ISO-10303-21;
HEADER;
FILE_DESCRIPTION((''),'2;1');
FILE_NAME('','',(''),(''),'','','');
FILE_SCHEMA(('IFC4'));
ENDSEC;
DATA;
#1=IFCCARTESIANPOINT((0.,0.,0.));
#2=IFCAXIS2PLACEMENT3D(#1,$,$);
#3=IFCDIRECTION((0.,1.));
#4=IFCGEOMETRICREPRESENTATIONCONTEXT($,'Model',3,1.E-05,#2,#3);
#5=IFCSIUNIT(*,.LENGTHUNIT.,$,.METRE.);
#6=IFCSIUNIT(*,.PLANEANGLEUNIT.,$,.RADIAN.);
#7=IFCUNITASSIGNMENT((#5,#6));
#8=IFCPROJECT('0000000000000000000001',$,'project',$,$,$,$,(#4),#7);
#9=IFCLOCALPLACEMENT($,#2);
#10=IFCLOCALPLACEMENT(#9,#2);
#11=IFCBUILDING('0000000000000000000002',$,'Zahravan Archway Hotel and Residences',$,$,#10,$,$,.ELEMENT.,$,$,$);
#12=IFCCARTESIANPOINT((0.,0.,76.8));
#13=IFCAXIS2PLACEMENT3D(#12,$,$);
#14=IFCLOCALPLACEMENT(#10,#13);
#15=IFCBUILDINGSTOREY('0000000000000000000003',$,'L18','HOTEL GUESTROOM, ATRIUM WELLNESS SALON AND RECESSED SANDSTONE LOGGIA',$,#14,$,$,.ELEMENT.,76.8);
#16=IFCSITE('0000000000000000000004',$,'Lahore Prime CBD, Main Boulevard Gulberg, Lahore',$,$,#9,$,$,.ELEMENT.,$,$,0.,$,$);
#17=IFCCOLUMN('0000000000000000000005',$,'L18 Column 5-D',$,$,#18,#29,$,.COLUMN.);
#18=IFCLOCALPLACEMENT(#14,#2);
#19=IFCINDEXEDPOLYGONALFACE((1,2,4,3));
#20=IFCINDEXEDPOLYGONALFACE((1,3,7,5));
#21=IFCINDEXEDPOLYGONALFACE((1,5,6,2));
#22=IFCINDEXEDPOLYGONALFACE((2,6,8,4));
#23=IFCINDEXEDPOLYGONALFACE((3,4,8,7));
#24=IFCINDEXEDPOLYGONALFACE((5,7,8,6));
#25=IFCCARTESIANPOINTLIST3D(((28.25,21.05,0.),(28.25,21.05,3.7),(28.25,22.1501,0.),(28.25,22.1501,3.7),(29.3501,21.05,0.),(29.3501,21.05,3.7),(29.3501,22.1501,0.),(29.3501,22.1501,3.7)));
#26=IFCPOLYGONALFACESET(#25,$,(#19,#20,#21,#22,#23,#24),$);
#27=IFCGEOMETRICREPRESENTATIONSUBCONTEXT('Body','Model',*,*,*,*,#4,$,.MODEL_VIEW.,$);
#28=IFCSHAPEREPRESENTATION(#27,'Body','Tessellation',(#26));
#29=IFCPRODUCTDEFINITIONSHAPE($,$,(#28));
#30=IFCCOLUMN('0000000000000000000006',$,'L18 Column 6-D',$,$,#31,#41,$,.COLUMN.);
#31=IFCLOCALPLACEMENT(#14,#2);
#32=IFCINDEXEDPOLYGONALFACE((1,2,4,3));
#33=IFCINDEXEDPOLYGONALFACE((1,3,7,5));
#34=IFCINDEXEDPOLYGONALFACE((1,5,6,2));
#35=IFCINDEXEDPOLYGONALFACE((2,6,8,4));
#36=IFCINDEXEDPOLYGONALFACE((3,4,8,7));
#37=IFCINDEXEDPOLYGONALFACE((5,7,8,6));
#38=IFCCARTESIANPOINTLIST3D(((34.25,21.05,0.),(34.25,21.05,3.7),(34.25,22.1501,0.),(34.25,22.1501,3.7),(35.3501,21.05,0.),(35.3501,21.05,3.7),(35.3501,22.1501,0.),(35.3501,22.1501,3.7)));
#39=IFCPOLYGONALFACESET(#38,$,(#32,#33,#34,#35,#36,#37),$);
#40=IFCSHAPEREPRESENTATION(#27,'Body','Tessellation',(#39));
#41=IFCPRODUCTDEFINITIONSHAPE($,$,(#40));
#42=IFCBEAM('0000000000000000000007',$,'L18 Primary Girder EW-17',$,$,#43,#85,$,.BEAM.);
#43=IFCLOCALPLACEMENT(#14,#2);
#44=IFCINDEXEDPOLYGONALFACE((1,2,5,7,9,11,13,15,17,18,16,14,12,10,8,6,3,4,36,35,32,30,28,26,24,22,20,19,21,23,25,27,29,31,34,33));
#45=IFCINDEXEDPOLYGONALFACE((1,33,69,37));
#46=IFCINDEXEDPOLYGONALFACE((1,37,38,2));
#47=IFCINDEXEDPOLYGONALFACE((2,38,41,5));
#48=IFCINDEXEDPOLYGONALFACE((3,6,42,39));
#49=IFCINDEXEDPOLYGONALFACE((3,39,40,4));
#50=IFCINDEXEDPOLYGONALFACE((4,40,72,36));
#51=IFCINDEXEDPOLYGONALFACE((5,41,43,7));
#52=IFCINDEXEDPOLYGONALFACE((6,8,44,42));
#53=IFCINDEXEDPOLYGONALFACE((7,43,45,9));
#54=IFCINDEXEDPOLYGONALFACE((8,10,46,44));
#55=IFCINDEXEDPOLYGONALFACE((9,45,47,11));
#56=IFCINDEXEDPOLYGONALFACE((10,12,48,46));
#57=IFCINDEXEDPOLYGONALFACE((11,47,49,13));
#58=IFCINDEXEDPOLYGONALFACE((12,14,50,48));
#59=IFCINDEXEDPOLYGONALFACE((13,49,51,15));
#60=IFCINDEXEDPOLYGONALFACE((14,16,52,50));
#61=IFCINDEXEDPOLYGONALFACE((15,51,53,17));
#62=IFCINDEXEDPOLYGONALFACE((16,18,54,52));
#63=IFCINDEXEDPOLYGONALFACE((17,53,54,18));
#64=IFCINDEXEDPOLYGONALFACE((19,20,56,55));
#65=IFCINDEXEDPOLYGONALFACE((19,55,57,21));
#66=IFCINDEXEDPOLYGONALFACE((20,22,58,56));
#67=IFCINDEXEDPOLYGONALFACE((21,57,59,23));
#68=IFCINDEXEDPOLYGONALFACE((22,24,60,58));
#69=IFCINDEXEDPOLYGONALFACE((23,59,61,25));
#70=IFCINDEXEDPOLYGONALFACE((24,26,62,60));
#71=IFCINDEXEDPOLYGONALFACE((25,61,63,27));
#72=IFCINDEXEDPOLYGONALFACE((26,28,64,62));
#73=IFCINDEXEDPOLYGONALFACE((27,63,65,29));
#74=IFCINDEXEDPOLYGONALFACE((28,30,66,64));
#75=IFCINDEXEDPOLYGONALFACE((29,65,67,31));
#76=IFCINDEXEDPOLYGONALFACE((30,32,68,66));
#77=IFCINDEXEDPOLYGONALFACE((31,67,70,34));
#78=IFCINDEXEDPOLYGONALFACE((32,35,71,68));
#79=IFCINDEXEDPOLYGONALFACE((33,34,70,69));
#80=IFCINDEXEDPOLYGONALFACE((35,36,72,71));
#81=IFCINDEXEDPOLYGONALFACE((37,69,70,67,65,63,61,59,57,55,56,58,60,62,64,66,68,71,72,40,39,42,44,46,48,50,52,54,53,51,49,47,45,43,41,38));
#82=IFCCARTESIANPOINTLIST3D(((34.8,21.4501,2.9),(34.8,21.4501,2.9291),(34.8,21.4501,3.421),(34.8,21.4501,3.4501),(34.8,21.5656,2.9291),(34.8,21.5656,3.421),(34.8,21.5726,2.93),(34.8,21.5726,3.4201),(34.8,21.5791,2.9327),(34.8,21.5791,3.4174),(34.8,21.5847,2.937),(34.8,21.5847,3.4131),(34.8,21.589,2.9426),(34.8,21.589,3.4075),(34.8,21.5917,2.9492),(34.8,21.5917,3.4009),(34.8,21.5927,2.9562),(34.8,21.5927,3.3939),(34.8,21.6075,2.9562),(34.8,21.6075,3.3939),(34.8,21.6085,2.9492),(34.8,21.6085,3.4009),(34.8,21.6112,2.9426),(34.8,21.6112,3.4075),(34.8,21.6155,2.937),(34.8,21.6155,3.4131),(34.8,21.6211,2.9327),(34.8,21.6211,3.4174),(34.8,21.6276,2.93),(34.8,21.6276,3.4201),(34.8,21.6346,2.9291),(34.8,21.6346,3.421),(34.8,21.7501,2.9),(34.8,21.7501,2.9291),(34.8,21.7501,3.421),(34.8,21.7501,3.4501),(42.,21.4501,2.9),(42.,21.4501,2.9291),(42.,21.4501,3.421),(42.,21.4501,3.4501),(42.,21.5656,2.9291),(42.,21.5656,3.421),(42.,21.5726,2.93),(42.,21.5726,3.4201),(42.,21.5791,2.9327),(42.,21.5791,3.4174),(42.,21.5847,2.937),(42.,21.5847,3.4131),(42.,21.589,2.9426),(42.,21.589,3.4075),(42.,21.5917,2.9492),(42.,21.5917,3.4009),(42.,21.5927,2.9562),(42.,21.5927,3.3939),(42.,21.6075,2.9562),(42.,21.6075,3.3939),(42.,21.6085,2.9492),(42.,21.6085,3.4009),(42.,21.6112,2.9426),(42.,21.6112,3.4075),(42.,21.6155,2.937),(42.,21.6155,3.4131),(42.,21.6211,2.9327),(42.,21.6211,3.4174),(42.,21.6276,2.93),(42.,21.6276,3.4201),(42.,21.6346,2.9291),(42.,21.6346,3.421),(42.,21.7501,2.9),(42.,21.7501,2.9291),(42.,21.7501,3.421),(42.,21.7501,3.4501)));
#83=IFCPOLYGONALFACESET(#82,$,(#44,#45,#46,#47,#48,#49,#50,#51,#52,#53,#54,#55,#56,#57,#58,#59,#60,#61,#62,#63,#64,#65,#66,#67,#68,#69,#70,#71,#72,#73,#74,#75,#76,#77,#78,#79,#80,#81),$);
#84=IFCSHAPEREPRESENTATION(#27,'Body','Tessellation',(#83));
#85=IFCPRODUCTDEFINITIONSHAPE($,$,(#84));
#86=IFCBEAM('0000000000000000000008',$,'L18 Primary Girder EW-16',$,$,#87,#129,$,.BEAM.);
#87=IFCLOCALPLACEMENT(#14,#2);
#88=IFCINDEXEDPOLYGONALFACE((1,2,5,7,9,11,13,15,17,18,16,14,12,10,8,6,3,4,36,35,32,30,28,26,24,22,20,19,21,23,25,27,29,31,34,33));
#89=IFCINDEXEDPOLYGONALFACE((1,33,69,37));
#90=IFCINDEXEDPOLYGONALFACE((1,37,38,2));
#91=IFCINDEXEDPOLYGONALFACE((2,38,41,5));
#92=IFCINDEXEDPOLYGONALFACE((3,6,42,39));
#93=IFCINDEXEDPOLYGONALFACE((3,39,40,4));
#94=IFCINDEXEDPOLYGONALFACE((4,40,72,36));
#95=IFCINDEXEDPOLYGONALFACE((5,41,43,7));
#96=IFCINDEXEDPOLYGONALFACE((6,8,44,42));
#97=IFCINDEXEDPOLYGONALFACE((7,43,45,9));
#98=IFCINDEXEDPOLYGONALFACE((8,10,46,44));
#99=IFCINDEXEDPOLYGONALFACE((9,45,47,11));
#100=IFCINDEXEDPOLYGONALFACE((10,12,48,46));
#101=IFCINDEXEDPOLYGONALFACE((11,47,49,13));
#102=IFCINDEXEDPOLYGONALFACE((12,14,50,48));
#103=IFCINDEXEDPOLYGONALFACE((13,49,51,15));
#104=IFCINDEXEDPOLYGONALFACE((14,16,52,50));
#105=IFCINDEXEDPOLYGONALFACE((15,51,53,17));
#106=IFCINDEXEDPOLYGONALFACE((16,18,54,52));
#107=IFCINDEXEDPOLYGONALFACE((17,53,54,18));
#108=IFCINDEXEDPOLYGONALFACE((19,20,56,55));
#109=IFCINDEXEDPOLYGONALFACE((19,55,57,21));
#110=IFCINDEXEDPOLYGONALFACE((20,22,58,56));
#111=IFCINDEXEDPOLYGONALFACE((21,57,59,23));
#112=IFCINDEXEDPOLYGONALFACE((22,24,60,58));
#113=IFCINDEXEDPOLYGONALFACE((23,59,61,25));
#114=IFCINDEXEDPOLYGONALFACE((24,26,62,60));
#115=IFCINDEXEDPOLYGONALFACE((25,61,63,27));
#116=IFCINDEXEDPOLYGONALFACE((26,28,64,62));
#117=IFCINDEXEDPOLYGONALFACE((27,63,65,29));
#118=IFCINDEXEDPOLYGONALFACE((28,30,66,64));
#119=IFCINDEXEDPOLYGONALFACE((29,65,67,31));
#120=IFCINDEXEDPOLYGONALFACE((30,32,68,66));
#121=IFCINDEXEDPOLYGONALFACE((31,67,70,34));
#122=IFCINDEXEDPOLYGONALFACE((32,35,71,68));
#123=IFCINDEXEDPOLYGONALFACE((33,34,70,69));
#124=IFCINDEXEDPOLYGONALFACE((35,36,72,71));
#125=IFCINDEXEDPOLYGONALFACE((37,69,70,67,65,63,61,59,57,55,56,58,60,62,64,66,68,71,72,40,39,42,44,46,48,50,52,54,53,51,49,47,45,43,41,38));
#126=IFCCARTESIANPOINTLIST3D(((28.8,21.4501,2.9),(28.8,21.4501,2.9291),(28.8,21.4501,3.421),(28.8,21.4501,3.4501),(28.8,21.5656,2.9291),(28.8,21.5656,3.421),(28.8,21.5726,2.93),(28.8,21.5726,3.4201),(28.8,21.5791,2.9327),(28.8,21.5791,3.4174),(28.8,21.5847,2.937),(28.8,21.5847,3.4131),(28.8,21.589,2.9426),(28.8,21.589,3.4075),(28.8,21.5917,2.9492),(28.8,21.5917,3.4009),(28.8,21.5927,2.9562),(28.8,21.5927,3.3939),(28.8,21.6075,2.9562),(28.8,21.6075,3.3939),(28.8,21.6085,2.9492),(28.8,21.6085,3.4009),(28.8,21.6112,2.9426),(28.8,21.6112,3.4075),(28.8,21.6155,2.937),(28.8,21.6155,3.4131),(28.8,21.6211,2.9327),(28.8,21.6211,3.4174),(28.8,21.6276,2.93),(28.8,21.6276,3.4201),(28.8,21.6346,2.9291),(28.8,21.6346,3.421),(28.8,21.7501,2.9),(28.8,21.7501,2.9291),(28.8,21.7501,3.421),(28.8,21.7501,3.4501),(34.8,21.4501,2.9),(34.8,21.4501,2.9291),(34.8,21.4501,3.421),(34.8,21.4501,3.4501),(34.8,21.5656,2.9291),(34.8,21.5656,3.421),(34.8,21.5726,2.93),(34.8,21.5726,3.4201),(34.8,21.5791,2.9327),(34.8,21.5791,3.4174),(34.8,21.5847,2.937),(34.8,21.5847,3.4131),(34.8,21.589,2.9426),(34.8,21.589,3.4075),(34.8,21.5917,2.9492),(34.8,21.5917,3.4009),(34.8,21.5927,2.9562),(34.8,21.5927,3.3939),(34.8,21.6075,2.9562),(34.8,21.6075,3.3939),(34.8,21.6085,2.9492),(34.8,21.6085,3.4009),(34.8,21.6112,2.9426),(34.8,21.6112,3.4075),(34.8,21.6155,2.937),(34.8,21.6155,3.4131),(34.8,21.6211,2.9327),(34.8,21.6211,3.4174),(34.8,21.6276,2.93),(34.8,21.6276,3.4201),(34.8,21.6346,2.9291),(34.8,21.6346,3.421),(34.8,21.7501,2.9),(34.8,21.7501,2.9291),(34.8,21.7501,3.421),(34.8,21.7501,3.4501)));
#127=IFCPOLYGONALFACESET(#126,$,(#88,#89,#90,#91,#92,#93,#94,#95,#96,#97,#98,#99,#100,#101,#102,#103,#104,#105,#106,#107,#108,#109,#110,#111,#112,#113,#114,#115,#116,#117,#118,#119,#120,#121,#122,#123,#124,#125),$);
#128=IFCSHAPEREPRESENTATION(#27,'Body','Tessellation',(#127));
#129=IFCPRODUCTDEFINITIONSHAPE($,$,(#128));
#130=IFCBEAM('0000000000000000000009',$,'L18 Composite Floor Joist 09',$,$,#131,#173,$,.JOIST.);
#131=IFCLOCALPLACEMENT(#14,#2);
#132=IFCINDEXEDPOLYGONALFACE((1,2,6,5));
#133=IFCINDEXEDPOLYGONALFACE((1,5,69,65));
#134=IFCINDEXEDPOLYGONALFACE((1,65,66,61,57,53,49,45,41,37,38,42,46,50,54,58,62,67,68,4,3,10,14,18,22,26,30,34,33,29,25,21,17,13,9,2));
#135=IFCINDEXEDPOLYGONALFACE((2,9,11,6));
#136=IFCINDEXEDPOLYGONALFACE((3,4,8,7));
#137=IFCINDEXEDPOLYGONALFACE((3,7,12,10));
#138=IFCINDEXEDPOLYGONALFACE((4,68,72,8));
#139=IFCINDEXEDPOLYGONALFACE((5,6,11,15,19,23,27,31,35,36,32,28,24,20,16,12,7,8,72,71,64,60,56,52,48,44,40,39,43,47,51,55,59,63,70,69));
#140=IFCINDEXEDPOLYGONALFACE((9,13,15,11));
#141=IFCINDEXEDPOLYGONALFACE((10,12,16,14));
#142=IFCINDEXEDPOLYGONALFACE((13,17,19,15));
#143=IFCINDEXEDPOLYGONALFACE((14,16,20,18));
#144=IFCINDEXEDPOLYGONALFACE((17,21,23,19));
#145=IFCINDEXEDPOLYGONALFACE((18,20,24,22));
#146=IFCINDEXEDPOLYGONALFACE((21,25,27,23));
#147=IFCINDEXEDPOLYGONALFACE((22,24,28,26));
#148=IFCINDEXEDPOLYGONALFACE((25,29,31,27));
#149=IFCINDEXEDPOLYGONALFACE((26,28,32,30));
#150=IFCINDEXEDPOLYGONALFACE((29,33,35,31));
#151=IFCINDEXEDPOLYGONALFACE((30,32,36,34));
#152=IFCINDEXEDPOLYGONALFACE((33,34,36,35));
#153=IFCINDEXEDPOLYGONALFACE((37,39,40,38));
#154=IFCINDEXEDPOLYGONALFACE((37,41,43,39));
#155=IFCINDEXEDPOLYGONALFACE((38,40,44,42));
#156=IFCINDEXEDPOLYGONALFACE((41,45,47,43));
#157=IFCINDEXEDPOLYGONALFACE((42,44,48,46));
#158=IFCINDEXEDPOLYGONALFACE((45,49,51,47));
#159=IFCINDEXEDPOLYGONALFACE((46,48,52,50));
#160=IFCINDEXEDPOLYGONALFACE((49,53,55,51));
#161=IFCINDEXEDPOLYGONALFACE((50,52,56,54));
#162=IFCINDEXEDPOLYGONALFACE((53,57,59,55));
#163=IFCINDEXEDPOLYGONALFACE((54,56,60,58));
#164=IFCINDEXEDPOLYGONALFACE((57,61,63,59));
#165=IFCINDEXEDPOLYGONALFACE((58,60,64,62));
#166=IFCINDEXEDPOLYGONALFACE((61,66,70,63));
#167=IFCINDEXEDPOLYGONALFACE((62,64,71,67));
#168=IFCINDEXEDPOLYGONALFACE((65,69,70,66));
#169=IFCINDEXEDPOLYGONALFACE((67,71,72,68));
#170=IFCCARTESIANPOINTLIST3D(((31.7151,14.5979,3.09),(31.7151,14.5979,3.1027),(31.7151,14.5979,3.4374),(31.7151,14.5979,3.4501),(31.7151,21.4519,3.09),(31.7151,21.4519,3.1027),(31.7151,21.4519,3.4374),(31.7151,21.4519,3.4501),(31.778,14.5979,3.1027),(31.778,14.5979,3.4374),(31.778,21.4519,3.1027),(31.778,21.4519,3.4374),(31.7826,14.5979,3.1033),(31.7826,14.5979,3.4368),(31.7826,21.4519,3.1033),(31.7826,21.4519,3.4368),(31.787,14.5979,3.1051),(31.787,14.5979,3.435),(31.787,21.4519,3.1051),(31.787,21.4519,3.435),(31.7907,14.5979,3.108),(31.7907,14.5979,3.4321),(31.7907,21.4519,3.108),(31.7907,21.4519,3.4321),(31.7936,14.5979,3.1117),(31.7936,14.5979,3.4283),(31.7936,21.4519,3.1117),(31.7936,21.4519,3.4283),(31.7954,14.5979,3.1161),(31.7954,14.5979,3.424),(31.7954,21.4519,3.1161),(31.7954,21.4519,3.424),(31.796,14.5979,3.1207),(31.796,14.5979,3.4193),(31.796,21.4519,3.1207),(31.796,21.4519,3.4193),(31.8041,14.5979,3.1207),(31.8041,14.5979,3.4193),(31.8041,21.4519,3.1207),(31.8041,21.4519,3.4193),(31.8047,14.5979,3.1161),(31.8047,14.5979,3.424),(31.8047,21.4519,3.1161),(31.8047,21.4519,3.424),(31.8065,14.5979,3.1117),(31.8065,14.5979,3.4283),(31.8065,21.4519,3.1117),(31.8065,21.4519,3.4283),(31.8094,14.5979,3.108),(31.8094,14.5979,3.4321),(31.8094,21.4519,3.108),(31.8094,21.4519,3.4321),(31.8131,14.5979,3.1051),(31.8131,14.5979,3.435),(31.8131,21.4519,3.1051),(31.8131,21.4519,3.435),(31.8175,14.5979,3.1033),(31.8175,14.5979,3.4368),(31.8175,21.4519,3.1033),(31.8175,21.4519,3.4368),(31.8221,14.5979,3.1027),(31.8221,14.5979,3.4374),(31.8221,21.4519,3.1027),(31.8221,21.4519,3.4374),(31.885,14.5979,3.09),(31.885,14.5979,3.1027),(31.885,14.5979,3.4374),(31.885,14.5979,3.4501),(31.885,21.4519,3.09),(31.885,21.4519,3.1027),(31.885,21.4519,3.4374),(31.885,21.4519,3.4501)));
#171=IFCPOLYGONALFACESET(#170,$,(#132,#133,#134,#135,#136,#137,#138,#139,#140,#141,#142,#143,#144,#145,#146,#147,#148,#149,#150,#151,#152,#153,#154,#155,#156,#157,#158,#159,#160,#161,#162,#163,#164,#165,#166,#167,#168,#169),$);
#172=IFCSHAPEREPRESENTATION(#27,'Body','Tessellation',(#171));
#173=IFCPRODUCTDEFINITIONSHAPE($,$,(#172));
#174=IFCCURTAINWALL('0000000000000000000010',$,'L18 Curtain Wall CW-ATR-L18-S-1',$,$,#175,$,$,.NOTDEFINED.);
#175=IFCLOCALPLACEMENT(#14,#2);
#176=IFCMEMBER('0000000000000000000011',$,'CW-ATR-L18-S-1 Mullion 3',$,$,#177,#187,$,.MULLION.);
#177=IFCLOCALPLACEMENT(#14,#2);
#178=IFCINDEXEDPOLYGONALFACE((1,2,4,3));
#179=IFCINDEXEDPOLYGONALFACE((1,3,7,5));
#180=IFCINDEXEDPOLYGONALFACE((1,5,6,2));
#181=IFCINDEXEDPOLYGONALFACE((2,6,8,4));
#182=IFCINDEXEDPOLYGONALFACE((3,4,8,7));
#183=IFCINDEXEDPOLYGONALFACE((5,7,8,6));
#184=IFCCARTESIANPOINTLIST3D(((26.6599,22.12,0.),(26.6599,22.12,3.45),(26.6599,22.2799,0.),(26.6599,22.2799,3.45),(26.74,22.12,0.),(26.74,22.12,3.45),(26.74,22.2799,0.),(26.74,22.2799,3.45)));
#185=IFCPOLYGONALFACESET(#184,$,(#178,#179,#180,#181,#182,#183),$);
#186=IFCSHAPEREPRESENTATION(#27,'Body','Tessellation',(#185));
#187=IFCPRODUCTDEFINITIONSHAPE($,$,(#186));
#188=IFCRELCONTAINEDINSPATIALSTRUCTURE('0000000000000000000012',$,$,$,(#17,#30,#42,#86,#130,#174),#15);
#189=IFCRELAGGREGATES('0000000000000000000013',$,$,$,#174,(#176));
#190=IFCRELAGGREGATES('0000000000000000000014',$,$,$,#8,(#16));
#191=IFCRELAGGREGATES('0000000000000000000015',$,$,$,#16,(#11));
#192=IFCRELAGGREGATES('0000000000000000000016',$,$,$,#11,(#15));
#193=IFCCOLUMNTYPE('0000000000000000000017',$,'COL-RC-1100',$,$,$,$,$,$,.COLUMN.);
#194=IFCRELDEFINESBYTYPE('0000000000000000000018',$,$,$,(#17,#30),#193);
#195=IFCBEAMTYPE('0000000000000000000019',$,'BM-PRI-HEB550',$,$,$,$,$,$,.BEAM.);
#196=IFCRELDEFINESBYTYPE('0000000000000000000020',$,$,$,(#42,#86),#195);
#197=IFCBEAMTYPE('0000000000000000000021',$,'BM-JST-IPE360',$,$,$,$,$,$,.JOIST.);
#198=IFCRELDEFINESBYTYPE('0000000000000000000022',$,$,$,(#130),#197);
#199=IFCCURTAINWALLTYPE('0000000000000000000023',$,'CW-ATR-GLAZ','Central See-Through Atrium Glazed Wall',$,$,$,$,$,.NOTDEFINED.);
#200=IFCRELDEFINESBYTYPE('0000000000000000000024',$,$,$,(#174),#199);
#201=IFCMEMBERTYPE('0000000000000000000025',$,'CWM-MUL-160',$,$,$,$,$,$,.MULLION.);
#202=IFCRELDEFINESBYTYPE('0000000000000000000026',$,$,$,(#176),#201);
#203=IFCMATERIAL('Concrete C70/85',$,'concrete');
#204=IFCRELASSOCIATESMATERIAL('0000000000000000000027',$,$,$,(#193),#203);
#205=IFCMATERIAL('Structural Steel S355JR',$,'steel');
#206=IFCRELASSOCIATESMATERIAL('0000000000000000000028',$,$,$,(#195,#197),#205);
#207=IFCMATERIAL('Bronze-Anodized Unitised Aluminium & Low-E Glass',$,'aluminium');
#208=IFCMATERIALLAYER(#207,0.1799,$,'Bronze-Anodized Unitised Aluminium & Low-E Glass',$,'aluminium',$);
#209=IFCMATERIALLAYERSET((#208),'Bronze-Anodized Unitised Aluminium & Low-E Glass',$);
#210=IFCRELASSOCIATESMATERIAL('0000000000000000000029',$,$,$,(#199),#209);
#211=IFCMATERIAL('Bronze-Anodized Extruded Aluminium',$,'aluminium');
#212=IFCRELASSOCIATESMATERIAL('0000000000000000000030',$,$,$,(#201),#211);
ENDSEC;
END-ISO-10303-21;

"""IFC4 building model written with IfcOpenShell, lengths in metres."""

from ifc_helpers import new_model, si_unit, direction, frame, origin, origin_2d, place, context, subcontext, project, spatial, rectangle, i_section, extrude, source, transform, mapped, material, layer, layer_set, material_profile, profile_set, type_object, element, aggregate, save


model = new_model("IFC4")

# Units and contexts
model_context = context("Model", 3, precision=1e-05, world=origin(), true_north=direction((0.0, 1.0)))
body_context = subcontext(model_context, "Body", "Model", "MODEL_VIEW")
ifc_project = project(units=[si_unit("LENGTHUNIT", "METRE"), si_unit("PLANEANGLEUNIT", "RADIAN")], contexts=[model_context])

# Site, building, storey
site_placement = place(None, origin())
site = spatial("IfcSite", under=ifc_project, at=site_placement, Name="Lahore Prime CBD, Main Boulevard Gulberg, Lahore", CompositionType="ELEMENT", RefElevation=0.0)
building_placement = place(site_placement, origin())
building = spatial("IfcBuilding", under=site, at=building_placement, Name="Zahravan Archway Hotel and Residences", CompositionType="ELEMENT")
storey_placement = place(building_placement, frame((0.0, 0.0, 76.8)))
storey = spatial("IfcBuildingStorey", under=building, at=storey_placement, Name="L18", Description="HOTEL GUESTROOM, ATRIUM WELLNESS SALON AND RECESSED SANDSTONE LOGGIA", CompositionType="ELEMENT", Elevation=76.8)

# Columns
ifc_material_1 = material(Name="Concrete C70/85", Category="concrete")
ifc_material_profile_1 = material_profile(ifc_material_1, rectangle(XDim=1.1001, YDim=1.1001, at=origin_2d()), Name="RC 1100x1100", Category="concrete")
ifc_profile_set_1 = profile_set([ifc_material_profile_1], Name="Concrete C70/85")
column_type = type_object("IfcColumnType", Name="COL-RC-1100", PredefinedType="COLUMN", material=ifc_profile_set_1)
shared_shape_1 = source(origin(), body_context, "Body", "SweptSolid", [
    extrude(rectangle(XDim=1.1001, YDim=1.1001, at=origin_2d()), origin(), (0.0, 0.0, 1.0), 3.7),
])
for number, where, z_axis, x_axis, name in (
    (1, (28.8, 21.6001, 0.0), (0.0, 0.0, 1.0), (1.0, 0.0, 0.0), "L18 Column 5-D"),
    (2, (34.8, 21.6001, 0.0), (0.0, 0.0, 1.0), (1.0, 0.0, 0.0), "L18 Column 6-D"),
):
    element("IfcColumn", number, at=place(storey_placement, frame(where, z_axis=z_axis, x_axis=x_axis)), inside=storey, type_object=column_type, Name=name, PredefinedType="COLUMN", context=body_context, shape_type="MappedRepresentation", body=[
        mapped(shared_shape_1, transform((0.0, 0.0, 0.0), scale=1.0)),
    ])

# Beams
ifc_material_2 = material(Name="Structural Steel S355JR", Category="steel")
ifc_material_profile_2 = material_profile(ifc_material_2, i_section(OverallWidth=0.3, OverallDepth=0.55, WebThickness=0.0149, FlangeThickness=0.0291, FilletRadius=0.0271, at=origin_2d()), Name="HEB 550", Category="steel")
ifc_profile_set_2 = profile_set([ifc_material_profile_2], Name="Structural Steel S355JR")
beam_type_1 = type_object("IfcBeamType", Name="BM-PRI-HEB550", PredefinedType="BEAM", material=ifc_profile_set_2)
shared_shape_2 = source(origin(), body_context, "Body", "SweptSolid", [
    extrude(i_section(OverallWidth=0.3, OverallDepth=0.55, WebThickness=0.0149, FlangeThickness=0.0291, FilletRadius=0.0271, at=origin_2d()), origin(), (0.0, 0.0, 1.0), 7.2),
])
beam_1_placement = place(storey_placement, frame((34.8, 21.6001, 3.175), z_axis=(1.0, 0.0, 0.0), x_axis=(0.0, 1.0, 0.0)))
element("IfcBeam", 3, at=beam_1_placement, inside=storey, type_object=beam_type_1, Name="L18 Primary Girder EW-17", PredefinedType="BEAM", context=body_context, shape_type="MappedRepresentation", body=[
    mapped(shared_shape_2, transform((0.0, 0.0, 0.0), scale=1.0)),
])
shared_shape_3 = source(origin(), body_context, "Body", "SweptSolid", [
    extrude(i_section(OverallWidth=0.3, OverallDepth=0.55, WebThickness=0.0149, FlangeThickness=0.0291, FilletRadius=0.0271, at=origin_2d()), origin(), (0.0, 0.0, 1.0), 6.0),
])
beam_2_placement = place(storey_placement, frame((28.8, 21.6001, 3.175), z_axis=(1.0, 0.0, 0.0), x_axis=(0.0, 1.0, 0.0)))
element("IfcBeam", 4, at=beam_2_placement, inside=storey, type_object=beam_type_1, Name="L18 Primary Girder EW-16", PredefinedType="BEAM", context=body_context, shape_type="MappedRepresentation", body=[
    mapped(shared_shape_3, transform((0.0, 0.0, 0.0), scale=1.0)),
])
ifc_material_profile_3 = material_profile(ifc_material_2, i_section(OverallWidth=0.1699, OverallDepth=0.3601, WebThickness=0.0081, FlangeThickness=0.0127, FilletRadius=0.0181, at=origin_2d()), Name="IPE 360", Category="steel")
ifc_profile_set_3 = profile_set([ifc_material_profile_3], Name="Structural Steel S355JR")
beam_type_2 = type_object("IfcBeamType", Name="BM-JST-IPE360", PredefinedType="JOIST", material=ifc_profile_set_3)
shared_shape_4 = source(origin(), body_context, "Body", "SweptSolid", [
    extrude(i_section(OverallWidth=0.1699, OverallDepth=0.3601, WebThickness=0.0081, FlangeThickness=0.0127, FilletRadius=0.0181, at=origin_2d()), origin(), (0.0, 0.0, 1.0), 6.854),
])
beam_3_placement = place(storey_placement, frame((31.8, 14.5979, 3.27), z_axis=(0.0, 1.0, 0.0), x_axis=(-1.0, 0.0, 0.0)))
element("IfcBeam", 5, at=beam_3_placement, inside=storey, type_object=beam_type_2, Name="L18 Composite Floor Joist 09", PredefinedType="JOIST", context=body_context, shape_type="MappedRepresentation", body=[
    mapped(shared_shape_4, transform((0.0, 0.0, 0.0), scale=1.0)),
])

# Curtain wall, member
ifc_material_3 = material(Name="Bronze-Anodized Unitised Aluminium & Low-E Glass", Category="aluminium")
ifc_layer_1 = layer(ifc_material_3, 0.1799, Name="Bronze-Anodized Unitised Aluminium & Low-E Glass", Category="aluminium")
ifc_layer_set_1 = layer_set([ifc_layer_1], Name="Bronze-Anodized Unitised Aluminium & Low-E Glass")
curtain_wall_type = type_object("IfcCurtainWallType", Name="CW-ATR-GLAZ", Description="Central See-Through Atrium Glazed Wall", PredefinedType="NOTDEFINED", material=ifc_layer_set_1)
curtain_wall_placement = place(storey_placement, origin())
curtain_wall = element("IfcCurtainWall", 6, at=curtain_wall_placement, inside=storey, type_object=curtain_wall_type, Name="L18 Curtain Wall CW-ATR-L18-S-1", PredefinedType="NOTDEFINED")
ifc_material_4 = material(Name="Bronze-Anodized Extruded Aluminium", Category="aluminium")
ifc_material_profile_4 = material_profile(ifc_material_4, rectangle(XDim=0.0801, YDim=0.1599, at=origin_2d()), Name="MUL 80x160", Category="aluminium")
ifc_profile_set_4 = profile_set([ifc_material_profile_4], Name="Bronze-Anodized Extruded Aluminium")
member_type_1 = type_object("IfcMemberType", Name="CWM-MUL-160", PredefinedType="MULLION", material=ifc_profile_set_4)
shared_shape_5 = source(origin(), body_context, "Body", "SweptSolid", [
    extrude(rectangle(XDim=0.0801, YDim=0.1599, at=origin_2d()), origin(), (0.0, 0.0, 1.0), 3.45),
])
member_1_placement = place(storey_placement, frame((26.7, 22.2, 0.0), z_axis=(0.0, 0.0, 1.0), x_axis=(1.0, 0.0, 0.0)))
member_1 = element("IfcMember", 7, at=member_1_placement, type_object=member_type_1, Name="CW-ATR-L18-S-1 Mullion 3", PredefinedType="MULLION", context=body_context, shape_type="MappedRepresentation", body=[
    mapped(shared_shape_5, transform((0.0, 0.0, 0.0), scale=1.0)),
])
aggregate(curtain_wall, [member_1])

save(model, "model.ifc")
